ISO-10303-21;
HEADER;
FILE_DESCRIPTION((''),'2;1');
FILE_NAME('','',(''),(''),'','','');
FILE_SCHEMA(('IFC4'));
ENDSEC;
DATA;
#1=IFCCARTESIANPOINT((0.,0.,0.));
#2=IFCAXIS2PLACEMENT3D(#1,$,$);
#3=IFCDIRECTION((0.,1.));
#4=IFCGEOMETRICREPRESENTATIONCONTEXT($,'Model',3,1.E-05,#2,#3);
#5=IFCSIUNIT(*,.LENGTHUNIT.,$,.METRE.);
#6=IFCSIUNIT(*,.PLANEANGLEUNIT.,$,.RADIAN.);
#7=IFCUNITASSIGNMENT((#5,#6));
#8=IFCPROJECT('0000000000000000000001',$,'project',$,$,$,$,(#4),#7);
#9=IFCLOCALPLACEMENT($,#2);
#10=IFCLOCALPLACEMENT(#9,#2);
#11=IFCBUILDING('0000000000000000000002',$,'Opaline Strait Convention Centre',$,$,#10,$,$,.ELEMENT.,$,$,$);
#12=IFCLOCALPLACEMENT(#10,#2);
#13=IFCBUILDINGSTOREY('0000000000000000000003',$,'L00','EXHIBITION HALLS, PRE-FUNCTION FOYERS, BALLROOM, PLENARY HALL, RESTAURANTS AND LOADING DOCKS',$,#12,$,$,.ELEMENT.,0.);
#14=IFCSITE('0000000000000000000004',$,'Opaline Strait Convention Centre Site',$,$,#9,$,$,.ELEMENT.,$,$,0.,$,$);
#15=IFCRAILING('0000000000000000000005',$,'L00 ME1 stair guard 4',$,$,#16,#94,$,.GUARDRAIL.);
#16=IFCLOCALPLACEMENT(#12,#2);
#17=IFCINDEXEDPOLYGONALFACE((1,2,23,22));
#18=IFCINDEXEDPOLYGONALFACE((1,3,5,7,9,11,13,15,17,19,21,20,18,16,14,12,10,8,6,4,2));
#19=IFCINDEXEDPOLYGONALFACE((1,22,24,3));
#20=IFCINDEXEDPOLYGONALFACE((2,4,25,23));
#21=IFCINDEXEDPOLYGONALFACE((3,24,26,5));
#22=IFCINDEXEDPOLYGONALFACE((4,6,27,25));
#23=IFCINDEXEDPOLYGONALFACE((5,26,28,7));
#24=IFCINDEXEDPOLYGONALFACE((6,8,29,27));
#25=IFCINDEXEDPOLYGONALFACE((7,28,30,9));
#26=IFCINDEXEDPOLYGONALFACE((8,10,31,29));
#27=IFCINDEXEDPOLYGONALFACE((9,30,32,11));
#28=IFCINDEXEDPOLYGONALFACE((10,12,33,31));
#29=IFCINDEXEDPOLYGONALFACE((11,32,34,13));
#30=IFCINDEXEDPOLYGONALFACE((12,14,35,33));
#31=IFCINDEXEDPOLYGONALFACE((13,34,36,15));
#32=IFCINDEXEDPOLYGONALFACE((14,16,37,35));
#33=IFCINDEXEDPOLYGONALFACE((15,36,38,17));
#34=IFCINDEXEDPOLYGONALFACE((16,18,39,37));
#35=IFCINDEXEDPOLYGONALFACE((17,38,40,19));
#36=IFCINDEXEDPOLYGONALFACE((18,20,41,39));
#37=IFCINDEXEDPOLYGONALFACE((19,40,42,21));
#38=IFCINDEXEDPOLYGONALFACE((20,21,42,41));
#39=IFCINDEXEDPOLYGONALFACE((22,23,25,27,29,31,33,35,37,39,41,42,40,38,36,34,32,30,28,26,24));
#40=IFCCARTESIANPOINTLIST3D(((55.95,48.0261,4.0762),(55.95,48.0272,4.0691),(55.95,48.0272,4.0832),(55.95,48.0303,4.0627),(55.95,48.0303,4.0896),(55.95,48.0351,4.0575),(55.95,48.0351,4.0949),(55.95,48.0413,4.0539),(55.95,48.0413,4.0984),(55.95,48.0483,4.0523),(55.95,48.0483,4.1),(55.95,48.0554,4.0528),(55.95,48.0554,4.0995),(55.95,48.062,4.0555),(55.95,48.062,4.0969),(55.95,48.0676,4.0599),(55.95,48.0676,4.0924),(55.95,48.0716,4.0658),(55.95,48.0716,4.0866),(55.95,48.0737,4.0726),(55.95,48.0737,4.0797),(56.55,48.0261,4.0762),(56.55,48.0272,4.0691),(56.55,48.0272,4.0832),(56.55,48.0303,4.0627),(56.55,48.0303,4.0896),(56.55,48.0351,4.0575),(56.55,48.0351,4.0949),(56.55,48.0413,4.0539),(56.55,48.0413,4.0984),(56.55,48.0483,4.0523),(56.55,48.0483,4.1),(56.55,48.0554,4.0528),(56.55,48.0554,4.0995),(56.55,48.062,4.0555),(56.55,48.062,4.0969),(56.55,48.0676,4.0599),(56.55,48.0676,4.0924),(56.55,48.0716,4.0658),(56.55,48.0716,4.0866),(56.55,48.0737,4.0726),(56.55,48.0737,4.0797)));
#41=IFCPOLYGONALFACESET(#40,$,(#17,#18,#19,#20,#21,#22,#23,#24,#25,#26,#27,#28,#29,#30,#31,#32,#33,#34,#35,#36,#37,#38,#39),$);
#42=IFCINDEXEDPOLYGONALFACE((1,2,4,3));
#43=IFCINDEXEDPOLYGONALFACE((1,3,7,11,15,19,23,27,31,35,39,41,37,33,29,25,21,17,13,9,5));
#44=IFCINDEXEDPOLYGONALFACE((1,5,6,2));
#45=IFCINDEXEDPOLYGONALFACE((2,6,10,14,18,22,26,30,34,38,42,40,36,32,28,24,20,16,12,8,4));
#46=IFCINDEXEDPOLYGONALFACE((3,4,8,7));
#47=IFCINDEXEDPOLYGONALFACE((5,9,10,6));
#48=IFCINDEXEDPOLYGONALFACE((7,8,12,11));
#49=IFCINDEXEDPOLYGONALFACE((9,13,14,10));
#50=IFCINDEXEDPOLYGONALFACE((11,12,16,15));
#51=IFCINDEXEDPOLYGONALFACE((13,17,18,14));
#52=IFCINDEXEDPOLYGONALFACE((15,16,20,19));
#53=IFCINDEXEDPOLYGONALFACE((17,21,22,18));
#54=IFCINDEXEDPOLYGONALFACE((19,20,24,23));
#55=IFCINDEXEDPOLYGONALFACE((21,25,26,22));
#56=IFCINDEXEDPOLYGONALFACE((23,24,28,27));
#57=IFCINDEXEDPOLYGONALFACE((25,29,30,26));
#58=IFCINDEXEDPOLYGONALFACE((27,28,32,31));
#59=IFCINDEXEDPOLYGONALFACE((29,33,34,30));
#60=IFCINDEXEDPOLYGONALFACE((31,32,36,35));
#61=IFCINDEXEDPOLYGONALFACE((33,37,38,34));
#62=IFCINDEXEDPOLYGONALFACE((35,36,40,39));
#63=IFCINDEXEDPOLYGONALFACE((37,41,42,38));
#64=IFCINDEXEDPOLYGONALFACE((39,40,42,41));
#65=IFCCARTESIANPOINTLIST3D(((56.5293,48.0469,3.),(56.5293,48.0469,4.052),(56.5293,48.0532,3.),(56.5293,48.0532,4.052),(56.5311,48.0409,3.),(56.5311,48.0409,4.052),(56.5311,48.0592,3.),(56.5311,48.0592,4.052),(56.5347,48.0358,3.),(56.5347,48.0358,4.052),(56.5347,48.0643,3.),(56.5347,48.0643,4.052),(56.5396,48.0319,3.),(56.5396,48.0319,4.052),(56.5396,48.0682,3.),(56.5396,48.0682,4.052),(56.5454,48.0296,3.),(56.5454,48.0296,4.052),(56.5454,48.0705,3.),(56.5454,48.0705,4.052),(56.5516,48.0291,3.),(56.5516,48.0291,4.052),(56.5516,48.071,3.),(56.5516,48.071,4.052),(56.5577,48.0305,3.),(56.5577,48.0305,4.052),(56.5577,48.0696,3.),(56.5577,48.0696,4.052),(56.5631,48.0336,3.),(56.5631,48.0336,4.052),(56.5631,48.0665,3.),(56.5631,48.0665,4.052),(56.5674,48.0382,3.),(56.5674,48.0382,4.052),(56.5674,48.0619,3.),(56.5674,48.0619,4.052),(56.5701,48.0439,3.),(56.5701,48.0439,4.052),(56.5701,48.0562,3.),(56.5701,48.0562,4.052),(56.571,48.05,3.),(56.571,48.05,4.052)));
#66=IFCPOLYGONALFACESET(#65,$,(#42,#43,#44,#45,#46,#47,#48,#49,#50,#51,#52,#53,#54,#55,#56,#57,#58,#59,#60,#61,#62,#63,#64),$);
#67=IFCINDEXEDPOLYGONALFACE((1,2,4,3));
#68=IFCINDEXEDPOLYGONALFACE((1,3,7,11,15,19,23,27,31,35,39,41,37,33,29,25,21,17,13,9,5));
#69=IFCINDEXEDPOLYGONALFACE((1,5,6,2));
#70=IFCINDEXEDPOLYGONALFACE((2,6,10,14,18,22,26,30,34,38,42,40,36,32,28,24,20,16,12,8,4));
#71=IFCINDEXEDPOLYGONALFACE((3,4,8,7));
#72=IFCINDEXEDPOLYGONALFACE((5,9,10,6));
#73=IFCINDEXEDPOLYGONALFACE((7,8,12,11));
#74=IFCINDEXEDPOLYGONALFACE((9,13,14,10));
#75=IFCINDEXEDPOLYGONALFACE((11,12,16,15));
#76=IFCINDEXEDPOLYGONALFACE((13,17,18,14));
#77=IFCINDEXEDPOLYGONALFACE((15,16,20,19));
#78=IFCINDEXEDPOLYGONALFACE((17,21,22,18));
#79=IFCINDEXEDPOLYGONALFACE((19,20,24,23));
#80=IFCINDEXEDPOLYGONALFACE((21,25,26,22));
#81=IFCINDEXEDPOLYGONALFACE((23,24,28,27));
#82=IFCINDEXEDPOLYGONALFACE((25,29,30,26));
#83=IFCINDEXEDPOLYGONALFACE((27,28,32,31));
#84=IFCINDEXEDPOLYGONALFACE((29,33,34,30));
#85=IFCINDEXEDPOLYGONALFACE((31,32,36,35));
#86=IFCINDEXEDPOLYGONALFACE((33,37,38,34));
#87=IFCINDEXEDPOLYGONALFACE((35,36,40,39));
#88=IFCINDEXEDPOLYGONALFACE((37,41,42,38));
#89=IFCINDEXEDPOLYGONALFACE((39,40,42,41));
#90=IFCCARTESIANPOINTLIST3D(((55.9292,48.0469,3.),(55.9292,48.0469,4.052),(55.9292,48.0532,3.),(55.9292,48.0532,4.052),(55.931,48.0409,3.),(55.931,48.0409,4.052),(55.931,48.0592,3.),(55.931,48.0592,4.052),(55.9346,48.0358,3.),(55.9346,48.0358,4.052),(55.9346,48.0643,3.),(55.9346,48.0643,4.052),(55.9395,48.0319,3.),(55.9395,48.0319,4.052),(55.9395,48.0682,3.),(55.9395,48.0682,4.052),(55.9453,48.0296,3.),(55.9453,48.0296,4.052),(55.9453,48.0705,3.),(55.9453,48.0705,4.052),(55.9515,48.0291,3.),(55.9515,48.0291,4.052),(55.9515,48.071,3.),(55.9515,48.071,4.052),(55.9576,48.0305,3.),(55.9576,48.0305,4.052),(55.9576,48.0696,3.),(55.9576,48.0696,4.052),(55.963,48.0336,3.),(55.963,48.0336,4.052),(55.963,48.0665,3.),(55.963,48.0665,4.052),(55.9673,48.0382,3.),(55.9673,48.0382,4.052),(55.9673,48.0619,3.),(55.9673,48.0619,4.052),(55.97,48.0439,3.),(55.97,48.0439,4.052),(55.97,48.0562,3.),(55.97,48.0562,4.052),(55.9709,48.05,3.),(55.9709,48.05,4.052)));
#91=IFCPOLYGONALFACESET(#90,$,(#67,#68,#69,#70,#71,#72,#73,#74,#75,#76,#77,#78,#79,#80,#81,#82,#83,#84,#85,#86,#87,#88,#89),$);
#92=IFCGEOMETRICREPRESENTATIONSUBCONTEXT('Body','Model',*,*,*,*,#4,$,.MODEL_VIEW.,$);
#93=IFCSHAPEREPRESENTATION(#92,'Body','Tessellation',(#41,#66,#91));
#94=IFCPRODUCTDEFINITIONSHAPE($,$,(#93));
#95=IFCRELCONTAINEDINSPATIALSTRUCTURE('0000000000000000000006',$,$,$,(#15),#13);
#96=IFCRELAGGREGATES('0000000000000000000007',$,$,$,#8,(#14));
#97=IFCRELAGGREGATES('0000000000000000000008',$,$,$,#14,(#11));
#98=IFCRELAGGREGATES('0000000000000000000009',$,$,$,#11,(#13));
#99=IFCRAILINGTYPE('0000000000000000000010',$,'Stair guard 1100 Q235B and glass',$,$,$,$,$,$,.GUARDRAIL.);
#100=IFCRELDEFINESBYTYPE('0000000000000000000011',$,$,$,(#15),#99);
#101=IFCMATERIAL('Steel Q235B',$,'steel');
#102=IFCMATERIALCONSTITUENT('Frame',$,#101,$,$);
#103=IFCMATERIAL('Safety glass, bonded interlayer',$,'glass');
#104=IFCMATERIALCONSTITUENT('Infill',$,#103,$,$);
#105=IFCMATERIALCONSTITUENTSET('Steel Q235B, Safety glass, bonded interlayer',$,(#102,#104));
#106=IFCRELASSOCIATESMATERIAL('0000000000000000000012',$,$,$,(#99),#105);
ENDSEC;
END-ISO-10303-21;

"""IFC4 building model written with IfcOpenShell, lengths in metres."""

from ifc_helpers import new_model, si_unit, direction, frame, origin, origin_2d, place, context, subcontext, project, spatial, circle, extrude, material, constituent, constituent_set, type_object, element, save


model = new_model("IFC4")

# Units and contexts
model_context = context("Model", 3, precision=1e-05, world=origin(), true_north=direction((0.0, 1.0)))
body_context = subcontext(model_context, "Body", "Model", "MODEL_VIEW")
ifc_project = project(units=[si_unit("LENGTHUNIT", "METRE"), si_unit("PLANEANGLEUNIT", "RADIAN")], contexts=[model_context])

# Site, building, storey
site_placement = place(None, origin())
site = spatial("IfcSite", under=ifc_project, at=site_placement, Name="Opaline Strait Convention Centre Site", CompositionType="ELEMENT", RefElevation=0.0)
building_placement = place(site_placement, origin())
building = spatial("IfcBuilding", under=site, at=building_placement, Name="Opaline Strait Convention Centre", CompositionType="ELEMENT")
storey_placement = place(building_placement, origin())
storey = spatial("IfcBuildingStorey", under=building, at=storey_placement, Name="L00", Description="EXHIBITION HALLS, PRE-FUNCTION FOYERS, BALLROOM, PLENARY HALL, RESTAURANTS AND LOADING DOCKS", CompositionType="ELEMENT", Elevation=0.0)

# Railing
ifc_material_1 = material(Name="Steel Q235B", Category="steel")
ifc_constituent_1 = constituent(ifc_material_1, Name="Frame")
ifc_material_2 = material(Name="Safety glass, bonded interlayer", Category="glass")
ifc_constituent_2 = constituent(ifc_material_2, Name="Infill")
ifc_constituent_set = constituent_set(constituents=[ifc_constituent_1, ifc_constituent_2], Name="Steel Q235B, Safety glass, bonded interlayer")
railing_type_1 = type_object("IfcRailingType", Name="Stair guard 1100 Q235B and glass", PredefinedType="GUARDRAIL", material=ifc_constituent_set)
railing_1_placement = place(storey_placement, frame((56.55, 48.05, 3.0)))
element("IfcRailing", 1, at=railing_1_placement, inside=storey, type_object=railing_type_1, Name="L00 ME1 stair guard 4", PredefinedType="GUARDRAIL", context=body_context, shape_type="SweptSolid", body=[
    extrude(circle(Radius=0.0239, at=origin_2d()), frame((0.0, 0.0, 1.0762), z_axis=(-1.0, 0.0, 0.0), x_axis=(0.0, -1.0, 0.0)), (0.0, 0.0, 1.0), 0.6001),
    extrude(circle(Radius=0.021, at=origin_2d()), origin(), (0.0, 0.0, 1.0), 1.052),
    extrude(circle(Radius=0.021, at=origin_2d()), frame((-0.6001, 0.0, 0.0)), (0.0, 0.0, 1.0), 1.052),
])

save(model, "model.ifc")
